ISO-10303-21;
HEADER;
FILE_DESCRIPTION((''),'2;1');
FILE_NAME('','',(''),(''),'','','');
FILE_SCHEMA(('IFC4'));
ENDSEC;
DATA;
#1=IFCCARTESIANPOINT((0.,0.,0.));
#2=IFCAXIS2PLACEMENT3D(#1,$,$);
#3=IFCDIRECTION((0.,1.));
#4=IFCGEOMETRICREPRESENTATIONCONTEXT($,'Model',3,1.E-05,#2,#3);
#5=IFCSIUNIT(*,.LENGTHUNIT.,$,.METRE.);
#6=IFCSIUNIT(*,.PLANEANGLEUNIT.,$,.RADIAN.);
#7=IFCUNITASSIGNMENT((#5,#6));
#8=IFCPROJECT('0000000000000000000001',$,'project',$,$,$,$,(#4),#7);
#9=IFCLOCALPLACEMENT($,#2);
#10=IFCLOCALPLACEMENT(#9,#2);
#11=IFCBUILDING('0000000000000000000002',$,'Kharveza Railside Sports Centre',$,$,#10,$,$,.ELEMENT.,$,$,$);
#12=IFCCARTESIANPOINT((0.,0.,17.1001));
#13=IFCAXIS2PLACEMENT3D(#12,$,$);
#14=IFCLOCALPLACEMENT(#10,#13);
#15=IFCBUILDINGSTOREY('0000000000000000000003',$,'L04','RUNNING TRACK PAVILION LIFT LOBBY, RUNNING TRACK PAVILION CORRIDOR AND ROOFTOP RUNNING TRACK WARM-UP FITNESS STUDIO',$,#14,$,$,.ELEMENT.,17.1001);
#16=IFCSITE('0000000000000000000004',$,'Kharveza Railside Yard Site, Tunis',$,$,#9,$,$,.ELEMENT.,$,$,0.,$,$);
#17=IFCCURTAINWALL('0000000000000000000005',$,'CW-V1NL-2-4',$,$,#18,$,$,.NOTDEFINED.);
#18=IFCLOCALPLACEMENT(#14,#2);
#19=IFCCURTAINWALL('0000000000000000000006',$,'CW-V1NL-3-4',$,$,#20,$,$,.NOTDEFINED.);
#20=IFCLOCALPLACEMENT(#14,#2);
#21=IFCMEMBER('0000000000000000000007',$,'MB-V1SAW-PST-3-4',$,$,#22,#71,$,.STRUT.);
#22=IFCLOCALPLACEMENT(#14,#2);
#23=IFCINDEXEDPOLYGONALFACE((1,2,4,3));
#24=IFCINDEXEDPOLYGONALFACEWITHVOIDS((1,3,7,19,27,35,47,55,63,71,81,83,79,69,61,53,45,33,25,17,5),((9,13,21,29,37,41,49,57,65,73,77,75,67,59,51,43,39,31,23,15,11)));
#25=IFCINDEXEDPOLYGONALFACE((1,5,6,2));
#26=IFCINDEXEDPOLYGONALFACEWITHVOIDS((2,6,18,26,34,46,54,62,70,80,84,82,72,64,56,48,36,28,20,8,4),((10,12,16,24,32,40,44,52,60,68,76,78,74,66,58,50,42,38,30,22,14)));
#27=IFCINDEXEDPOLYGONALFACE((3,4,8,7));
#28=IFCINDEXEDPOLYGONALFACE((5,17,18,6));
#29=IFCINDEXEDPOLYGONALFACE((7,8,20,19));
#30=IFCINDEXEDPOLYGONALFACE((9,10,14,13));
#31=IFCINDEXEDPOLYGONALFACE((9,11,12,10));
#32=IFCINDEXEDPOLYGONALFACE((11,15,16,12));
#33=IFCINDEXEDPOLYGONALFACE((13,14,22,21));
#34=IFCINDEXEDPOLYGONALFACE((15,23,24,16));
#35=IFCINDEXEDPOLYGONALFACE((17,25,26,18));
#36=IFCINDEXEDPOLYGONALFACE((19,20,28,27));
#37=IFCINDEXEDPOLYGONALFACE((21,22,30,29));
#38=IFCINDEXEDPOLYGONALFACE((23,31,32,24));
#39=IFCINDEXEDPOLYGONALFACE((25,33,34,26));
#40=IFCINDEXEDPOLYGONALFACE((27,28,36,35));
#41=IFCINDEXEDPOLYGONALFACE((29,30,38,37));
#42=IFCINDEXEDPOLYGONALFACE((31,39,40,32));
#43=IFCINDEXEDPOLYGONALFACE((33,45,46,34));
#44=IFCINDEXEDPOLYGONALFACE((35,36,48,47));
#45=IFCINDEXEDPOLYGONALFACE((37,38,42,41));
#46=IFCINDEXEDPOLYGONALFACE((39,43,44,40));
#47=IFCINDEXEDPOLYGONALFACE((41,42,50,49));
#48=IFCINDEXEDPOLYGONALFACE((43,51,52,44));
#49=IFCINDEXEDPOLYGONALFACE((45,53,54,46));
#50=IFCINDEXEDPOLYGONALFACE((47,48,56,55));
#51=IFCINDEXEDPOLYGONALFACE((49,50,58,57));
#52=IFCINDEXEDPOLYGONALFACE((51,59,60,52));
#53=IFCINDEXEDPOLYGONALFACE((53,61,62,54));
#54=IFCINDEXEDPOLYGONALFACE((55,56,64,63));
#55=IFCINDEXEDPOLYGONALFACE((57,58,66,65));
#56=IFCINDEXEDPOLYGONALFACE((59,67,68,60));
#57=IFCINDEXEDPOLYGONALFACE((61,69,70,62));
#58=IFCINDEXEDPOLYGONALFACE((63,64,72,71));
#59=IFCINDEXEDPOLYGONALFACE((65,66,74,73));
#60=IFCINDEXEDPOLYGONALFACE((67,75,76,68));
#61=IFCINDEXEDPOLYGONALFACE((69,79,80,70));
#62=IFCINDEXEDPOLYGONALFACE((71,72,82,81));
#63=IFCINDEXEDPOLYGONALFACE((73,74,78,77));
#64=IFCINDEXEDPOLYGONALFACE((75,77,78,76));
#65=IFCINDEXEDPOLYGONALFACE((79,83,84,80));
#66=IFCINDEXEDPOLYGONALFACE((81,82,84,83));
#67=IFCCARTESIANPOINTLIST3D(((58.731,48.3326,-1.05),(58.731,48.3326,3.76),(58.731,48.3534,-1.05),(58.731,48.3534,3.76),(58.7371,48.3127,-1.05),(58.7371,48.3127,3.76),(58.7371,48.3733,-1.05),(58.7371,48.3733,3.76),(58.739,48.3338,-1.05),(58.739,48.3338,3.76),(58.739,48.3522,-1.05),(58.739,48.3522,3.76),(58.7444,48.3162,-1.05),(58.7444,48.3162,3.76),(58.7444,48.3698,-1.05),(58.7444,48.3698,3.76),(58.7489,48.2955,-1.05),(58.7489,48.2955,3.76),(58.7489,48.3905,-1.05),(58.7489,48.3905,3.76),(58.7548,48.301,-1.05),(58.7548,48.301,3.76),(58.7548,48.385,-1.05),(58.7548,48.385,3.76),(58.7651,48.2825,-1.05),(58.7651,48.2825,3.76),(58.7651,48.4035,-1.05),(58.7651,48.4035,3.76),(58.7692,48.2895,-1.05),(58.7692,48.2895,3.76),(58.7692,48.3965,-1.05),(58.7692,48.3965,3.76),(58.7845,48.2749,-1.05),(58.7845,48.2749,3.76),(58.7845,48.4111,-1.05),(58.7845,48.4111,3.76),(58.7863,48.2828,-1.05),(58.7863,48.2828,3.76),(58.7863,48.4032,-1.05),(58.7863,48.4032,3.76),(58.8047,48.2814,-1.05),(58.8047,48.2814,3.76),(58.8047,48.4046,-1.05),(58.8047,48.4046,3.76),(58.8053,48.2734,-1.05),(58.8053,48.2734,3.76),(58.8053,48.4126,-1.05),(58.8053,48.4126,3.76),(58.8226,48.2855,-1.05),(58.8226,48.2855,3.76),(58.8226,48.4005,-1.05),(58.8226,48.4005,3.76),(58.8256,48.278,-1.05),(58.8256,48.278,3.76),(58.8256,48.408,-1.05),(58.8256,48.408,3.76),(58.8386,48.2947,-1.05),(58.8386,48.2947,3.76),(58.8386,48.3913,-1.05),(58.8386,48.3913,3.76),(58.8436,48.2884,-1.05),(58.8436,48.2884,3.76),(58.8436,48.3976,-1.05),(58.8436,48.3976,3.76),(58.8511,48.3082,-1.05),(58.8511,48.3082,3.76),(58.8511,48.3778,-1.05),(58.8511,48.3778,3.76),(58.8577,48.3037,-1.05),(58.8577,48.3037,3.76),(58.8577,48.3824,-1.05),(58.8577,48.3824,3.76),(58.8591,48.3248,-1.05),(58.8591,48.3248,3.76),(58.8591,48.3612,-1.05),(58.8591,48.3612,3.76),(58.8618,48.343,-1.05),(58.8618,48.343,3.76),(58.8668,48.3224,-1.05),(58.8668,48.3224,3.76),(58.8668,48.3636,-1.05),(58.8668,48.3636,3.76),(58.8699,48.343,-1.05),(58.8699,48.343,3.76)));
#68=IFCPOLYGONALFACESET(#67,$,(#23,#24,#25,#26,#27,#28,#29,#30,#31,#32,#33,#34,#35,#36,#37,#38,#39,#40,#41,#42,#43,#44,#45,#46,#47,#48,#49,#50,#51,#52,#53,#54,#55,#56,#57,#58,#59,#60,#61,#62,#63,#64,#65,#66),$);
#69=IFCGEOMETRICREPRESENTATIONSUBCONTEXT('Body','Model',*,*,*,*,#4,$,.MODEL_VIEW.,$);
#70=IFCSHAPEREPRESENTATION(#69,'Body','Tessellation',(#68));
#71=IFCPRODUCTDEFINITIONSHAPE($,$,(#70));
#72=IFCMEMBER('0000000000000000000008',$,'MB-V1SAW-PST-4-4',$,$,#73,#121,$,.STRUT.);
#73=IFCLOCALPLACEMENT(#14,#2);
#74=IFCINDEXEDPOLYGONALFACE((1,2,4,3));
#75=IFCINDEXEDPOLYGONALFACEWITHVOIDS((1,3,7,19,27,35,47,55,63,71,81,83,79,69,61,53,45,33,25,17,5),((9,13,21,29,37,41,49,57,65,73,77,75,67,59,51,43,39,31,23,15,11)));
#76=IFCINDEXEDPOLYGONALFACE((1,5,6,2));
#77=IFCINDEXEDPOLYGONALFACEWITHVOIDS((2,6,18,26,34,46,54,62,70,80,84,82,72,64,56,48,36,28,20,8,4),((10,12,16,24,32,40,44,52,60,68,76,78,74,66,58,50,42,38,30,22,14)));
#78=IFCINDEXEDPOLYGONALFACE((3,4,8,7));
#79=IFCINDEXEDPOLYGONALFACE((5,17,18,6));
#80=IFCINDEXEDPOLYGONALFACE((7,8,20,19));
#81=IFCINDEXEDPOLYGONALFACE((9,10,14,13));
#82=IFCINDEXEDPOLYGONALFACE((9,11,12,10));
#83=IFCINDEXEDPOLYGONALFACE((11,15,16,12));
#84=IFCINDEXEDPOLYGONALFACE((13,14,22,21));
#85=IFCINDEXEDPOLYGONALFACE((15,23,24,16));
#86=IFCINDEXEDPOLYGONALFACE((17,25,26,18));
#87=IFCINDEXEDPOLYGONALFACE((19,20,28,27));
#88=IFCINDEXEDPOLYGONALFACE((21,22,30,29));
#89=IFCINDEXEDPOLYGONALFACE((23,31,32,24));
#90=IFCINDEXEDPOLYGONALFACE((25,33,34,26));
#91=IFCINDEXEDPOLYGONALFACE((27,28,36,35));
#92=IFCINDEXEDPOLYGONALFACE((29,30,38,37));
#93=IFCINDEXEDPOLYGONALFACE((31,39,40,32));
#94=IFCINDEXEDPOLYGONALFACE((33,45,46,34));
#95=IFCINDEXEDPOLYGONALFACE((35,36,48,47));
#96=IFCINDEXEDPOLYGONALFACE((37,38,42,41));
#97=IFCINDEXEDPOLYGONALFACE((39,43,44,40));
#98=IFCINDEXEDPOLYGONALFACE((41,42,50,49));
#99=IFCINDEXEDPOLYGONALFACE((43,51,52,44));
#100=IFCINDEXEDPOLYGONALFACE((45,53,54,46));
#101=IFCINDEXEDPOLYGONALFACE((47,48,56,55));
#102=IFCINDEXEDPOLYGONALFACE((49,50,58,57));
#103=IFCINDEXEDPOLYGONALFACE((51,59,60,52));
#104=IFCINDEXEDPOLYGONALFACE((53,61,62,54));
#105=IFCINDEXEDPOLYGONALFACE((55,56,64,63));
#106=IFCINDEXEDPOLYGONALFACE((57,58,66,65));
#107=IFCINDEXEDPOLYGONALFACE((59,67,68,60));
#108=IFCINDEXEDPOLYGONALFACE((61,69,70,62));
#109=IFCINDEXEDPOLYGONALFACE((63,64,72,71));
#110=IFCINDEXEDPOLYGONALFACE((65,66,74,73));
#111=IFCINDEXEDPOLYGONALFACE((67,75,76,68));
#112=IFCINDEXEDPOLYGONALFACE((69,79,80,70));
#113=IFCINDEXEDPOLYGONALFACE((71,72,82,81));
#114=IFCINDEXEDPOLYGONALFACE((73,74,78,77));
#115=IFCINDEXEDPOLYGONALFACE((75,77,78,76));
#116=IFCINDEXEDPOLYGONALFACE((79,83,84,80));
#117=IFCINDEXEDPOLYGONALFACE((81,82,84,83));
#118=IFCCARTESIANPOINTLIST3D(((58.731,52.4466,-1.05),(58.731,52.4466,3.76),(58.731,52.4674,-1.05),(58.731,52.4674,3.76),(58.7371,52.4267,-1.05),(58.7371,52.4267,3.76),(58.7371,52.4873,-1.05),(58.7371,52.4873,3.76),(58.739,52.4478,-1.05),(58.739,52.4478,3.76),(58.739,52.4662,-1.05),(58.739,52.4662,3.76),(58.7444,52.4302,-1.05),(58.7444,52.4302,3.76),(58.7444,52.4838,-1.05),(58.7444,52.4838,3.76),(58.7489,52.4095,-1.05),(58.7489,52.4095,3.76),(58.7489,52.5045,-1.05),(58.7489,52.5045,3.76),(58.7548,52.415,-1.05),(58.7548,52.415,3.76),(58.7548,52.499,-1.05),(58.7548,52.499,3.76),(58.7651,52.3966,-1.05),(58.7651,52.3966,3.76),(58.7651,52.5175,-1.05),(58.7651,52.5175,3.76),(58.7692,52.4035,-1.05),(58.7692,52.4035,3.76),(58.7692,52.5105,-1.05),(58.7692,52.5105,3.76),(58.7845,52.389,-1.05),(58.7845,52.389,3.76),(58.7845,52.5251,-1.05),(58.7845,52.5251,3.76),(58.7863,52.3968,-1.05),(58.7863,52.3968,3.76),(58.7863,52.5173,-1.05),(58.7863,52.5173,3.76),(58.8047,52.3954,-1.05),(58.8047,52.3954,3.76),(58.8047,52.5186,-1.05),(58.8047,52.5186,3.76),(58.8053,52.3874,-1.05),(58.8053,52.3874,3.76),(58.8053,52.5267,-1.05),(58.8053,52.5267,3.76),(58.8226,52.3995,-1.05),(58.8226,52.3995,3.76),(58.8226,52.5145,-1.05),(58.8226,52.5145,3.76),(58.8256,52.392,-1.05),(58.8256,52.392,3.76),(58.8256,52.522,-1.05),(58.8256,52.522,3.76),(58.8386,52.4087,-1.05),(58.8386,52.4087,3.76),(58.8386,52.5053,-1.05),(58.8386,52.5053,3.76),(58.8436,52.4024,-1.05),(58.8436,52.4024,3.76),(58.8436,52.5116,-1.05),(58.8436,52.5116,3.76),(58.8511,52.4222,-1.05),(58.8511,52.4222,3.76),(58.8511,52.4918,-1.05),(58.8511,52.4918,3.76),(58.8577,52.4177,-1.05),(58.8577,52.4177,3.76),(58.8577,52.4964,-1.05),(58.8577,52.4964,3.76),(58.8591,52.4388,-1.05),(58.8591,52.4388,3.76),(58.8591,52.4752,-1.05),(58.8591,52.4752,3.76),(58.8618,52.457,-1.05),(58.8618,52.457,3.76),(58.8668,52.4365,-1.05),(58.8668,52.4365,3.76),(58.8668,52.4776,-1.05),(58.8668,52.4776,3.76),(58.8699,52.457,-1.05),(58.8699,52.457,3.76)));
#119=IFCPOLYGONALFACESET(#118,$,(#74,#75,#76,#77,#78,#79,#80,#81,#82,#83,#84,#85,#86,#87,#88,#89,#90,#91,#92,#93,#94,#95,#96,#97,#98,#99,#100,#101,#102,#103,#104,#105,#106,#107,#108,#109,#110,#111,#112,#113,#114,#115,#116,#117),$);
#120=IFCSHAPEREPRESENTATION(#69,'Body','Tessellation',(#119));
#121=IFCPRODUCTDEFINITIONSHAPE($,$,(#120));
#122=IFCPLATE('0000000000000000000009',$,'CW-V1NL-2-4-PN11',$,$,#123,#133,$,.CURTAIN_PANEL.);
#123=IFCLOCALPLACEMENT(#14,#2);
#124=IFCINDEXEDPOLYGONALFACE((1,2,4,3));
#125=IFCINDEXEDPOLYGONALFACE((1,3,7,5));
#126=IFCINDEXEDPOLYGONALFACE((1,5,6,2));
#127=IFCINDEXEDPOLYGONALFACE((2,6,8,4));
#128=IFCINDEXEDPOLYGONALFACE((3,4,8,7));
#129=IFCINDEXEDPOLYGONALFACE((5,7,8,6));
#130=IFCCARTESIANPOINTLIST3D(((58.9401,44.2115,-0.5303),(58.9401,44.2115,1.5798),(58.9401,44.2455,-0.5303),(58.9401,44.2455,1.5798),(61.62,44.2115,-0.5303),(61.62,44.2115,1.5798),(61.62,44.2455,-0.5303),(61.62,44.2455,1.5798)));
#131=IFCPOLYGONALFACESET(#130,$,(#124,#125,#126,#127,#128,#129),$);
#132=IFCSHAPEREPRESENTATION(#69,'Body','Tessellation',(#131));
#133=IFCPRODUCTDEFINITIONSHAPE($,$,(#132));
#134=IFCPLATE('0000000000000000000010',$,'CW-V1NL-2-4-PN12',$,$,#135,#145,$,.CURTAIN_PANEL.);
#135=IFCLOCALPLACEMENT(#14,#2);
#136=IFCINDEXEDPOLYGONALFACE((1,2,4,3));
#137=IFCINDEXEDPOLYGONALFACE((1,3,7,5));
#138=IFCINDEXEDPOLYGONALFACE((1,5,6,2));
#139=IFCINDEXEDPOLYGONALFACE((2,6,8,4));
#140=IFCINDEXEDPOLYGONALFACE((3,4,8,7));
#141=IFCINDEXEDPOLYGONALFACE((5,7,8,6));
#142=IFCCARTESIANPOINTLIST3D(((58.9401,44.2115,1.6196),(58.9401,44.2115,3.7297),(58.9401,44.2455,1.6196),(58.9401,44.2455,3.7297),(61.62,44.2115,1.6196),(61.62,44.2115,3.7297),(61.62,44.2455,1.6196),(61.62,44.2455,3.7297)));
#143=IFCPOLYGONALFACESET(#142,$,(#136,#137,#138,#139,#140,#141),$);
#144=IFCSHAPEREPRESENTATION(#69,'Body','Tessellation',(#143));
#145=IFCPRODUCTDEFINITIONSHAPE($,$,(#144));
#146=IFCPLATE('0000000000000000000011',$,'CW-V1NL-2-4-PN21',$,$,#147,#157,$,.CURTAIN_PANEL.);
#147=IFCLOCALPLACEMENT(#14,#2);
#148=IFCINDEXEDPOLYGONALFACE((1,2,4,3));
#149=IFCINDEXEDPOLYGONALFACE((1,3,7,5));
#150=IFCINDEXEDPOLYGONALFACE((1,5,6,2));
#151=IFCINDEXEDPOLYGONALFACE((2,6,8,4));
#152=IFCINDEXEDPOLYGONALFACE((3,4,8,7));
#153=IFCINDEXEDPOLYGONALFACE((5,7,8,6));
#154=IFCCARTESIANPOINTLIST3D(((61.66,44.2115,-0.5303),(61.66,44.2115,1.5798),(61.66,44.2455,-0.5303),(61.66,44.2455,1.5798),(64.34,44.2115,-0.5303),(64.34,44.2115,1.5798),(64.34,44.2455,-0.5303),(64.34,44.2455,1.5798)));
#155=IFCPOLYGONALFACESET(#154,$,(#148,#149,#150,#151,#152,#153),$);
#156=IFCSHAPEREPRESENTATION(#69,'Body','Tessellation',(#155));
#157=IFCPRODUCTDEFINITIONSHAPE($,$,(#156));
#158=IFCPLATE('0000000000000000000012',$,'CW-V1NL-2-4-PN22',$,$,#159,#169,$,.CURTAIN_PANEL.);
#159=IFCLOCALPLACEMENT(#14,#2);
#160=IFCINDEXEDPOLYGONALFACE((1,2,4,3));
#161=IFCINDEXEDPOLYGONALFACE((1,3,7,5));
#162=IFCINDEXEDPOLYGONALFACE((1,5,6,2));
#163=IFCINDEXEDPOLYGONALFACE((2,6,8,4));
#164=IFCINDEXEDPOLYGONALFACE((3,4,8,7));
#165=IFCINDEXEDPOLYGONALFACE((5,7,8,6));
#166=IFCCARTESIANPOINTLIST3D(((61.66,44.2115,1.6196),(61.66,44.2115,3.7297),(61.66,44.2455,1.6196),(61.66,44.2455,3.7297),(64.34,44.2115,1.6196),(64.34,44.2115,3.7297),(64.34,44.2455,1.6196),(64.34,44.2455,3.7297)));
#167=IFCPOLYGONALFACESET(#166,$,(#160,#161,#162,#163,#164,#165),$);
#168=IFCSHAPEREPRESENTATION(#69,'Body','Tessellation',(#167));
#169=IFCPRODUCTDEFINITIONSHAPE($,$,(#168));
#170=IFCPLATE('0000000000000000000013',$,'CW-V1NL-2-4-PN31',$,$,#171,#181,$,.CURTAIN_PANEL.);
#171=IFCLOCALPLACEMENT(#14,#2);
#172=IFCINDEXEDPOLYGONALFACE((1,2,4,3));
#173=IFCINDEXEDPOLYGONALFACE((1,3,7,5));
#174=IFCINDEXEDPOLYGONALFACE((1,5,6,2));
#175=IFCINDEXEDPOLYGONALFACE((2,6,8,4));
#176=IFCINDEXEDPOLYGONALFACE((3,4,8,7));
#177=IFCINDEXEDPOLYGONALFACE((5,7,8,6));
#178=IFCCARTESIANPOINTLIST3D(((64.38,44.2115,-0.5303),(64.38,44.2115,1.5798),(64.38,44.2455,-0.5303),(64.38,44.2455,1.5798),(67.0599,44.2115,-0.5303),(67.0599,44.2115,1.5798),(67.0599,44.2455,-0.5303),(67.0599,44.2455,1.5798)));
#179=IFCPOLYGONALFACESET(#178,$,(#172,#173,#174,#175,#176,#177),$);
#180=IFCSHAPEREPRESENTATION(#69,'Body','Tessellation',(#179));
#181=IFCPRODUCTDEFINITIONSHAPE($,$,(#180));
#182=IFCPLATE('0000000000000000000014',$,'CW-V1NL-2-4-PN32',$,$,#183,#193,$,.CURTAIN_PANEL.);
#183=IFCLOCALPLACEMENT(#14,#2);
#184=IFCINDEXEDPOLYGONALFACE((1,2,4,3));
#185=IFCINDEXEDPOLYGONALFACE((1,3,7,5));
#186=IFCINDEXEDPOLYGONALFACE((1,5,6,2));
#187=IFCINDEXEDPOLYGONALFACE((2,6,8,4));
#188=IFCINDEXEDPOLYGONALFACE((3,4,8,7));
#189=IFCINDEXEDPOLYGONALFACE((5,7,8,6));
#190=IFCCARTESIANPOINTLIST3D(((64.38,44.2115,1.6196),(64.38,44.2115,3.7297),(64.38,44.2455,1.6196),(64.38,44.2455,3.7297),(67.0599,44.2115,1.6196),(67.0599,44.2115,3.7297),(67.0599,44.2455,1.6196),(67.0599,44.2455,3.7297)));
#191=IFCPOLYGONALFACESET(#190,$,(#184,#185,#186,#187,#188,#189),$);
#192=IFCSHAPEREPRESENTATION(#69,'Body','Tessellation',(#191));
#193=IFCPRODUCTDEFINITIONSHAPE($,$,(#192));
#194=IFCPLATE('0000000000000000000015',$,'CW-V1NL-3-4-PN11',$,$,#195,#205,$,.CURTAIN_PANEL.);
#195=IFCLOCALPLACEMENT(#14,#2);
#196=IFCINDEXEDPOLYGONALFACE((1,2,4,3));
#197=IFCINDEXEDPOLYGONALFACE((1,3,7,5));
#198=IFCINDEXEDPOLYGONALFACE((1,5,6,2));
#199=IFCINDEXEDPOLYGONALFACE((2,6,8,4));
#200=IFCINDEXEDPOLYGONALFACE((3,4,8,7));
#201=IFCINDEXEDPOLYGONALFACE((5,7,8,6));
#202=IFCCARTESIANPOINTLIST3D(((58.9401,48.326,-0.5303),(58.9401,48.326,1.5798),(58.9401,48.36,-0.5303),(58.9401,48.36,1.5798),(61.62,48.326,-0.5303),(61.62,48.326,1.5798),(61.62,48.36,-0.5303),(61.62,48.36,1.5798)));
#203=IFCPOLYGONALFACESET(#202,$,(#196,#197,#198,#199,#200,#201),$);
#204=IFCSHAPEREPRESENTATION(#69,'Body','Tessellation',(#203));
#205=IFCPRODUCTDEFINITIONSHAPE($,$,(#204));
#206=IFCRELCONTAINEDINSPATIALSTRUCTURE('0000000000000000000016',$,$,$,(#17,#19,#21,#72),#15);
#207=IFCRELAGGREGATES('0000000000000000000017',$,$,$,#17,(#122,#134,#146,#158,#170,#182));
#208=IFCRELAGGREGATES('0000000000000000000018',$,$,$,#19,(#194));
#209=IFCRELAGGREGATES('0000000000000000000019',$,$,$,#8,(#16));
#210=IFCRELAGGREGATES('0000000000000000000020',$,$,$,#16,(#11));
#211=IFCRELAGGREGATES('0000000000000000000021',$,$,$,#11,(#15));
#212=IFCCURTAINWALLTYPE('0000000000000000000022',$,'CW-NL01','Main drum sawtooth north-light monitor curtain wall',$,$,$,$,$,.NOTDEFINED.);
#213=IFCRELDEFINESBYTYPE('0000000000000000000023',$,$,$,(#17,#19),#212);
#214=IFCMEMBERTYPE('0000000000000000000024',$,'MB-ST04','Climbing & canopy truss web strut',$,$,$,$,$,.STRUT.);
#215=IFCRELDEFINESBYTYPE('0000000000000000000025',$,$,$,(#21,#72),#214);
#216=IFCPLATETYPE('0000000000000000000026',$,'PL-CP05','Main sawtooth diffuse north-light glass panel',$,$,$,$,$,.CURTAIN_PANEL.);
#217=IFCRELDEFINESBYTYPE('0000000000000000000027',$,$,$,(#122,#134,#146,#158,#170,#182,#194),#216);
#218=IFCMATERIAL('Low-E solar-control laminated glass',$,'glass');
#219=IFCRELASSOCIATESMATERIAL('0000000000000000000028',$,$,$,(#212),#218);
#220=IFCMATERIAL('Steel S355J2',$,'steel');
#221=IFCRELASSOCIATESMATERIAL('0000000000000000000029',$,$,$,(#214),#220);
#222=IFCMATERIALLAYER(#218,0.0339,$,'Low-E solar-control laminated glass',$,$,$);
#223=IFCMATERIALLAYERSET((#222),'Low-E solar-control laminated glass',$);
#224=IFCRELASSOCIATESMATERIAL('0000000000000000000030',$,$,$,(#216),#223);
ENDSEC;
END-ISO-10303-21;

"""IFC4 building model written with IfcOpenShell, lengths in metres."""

from ifc_helpers import new_model, si_unit, direction, frame, origin, origin_2d, place, context, subcontext, project, spatial, rectangle, hollow_circle, extrude, material, layer, layer_set, material_profile, profile_set, type_object, element, aggregate, save


model = new_model("IFC4")

# Units and contexts
model_context = context("Model", 3, precision=1e-05, world=origin(), true_north=direction((0.0, 1.0)))
body_context = subcontext(model_context, "Body", "Model", "MODEL_VIEW")
ifc_project = project(units=[si_unit("LENGTHUNIT", "METRE"), si_unit("PLANEANGLEUNIT", "RADIAN")], contexts=[model_context])

# Site, building, storey
site_placement = place(None, origin())
site = spatial("IfcSite", under=ifc_project, at=site_placement, Name="Kharveza Railside Yard Site, Tunis", CompositionType="ELEMENT", RefElevation=0.0)
building_placement = place(site_placement, origin())
building = spatial("IfcBuilding", under=site, at=building_placement, Name="Kharveza Railside Sports Centre", CompositionType="ELEMENT")
storey_placement = place(building_placement, frame((0.0, 0.0, 17.1001)))
storey = spatial("IfcBuildingStorey", under=building, at=storey_placement, Name="L04", Description="RUNNING TRACK PAVILION LIFT LOBBY, RUNNING TRACK PAVILION CORRIDOR AND ROOFTOP RUNNING TRACK WARM-UP FITNESS STUDIO", CompositionType="ELEMENT", Elevation=17.1001)

# Curtain walls
ifc_material_1 = material(Name="Low-E solar-control laminated glass", Category="glass")
curtain_wall_type = type_object("IfcCurtainWallType", Name="CW-NL01", Description="Main drum sawtooth north-light monitor curtain wall", PredefinedType="NOTDEFINED", material=ifc_material_1)
curtain_wall_1_placement = place(storey_placement, origin())
curtain_wall_1 = element("IfcCurtainWall", 1, at=curtain_wall_1_placement, inside=storey, type_object=curtain_wall_type, Name="CW-V1NL-2-4", PredefinedType="NOTDEFINED")
curtain_wall_2_placement = place(storey_placement, origin())
curtain_wall_2 = element("IfcCurtainWall", 2, at=curtain_wall_2_placement, inside=storey, type_object=curtain_wall_type, Name="CW-V1NL-3-4", PredefinedType="NOTDEFINED")

# Members
ifc_material_2 = material(Name="Steel S355J2", Category="steel")
ifc_material_profile_1 = material_profile(ifc_material_2, hollow_circle(Radius=0.0698, WallThickness=0.0081, at=origin_2d()), Name="CHS 139.7x8.0")
ifc_profile_set_1 = profile_set([ifc_material_profile_1], Name="Steel S355J2")
member_type_1 = type_object("IfcMemberType", Name="MB-ST04", Description="Climbing & canopy truss web strut", PredefinedType="STRUT", material=ifc_profile_set_1)
for number, where, z_axis, x_axis, name in (
    (3, (58.8, 48.343, -1.05), (0.0, 0.0, 1.0), (1.0, 0.0, 0.0), "MB-V1SAW-PST-3-4"),
    (4, (58.8, 52.457, -1.05), (0.0, 0.0, 1.0), (1.0, 0.0, 0.0), "MB-V1SAW-PST-4-4"),
):
    element("IfcMember", number, at=place(storey_placement, frame(where, z_axis=z_axis, x_axis=x_axis)), inside=storey, type_object=member_type_1, Name=name, PredefinedType="STRUT", context=body_context, shape_type="SweptSolid", body=[
        extrude(hollow_circle(Radius=0.0698, WallThickness=0.0081, at=origin_2d()), origin(), (0.0, 0.0, 1.0), 4.8101),
    ])

# Plates
ifc_layer = layer(ifc_material_1, 0.0339, Name="Low-E solar-control laminated glass")
ifc_layer_set = layer_set([ifc_layer], Name="Low-E solar-control laminated glass")
plate_type = type_object("IfcPlateType", Name="PL-CP05", Description="Main sawtooth diffuse north-light glass panel", PredefinedType="CURTAIN_PANEL", material=ifc_layer_set)
plate_1_placement = place(storey_placement, frame((60.28, 44.2285, -0.5303), z_axis=(0.0, 0.0, 1.0), x_axis=(1.0, 0.0, 0.0)))
plate_1 = element("IfcPlate", 5, at=plate_1_placement, type_object=plate_type, Name="CW-V1NL-2-4-PN11", PredefinedType="CURTAIN_PANEL", context=body_context, shape_type="SweptSolid", body=[
    extrude(rectangle(XDim=2.6799, YDim=0.0339, at=origin_2d()), origin(), (0.0, 0.0, 1.0), 2.1101),
])
plate_2_placement = place(storey_placement, frame((60.28, 44.2285, 1.6196), z_axis=(0.0, 0.0, 1.0), x_axis=(1.0, 0.0, 0.0)))
plate_2 = element("IfcPlate", 6, at=plate_2_placement, type_object=plate_type, Name="CW-V1NL-2-4-PN12", PredefinedType="CURTAIN_PANEL", context=body_context, shape_type="SweptSolid", body=[
    extrude(rectangle(XDim=2.6799, YDim=0.0339, at=origin_2d()), origin(), (0.0, 0.0, 1.0), 2.1101),
])
plate_3_placement = place(storey_placement, frame((63.0, 44.2285, -0.5303), z_axis=(0.0, 0.0, 1.0), x_axis=(1.0, 0.0, 0.0)))
plate_3 = element("IfcPlate", 7, at=plate_3_placement, type_object=plate_type, Name="CW-V1NL-2-4-PN21", PredefinedType="CURTAIN_PANEL", context=body_context, shape_type="SweptSolid", body=[
    extrude(rectangle(XDim=2.6799, YDim=0.0339, at=origin_2d()), origin(), (0.0, 0.0, 1.0), 2.1101),
])
plate_4_placement = place(storey_placement, frame((63.0, 44.2285, 1.6196), z_axis=(0.0, 0.0, 1.0), x_axis=(1.0, 0.0, 0.0)))
plate_4 = element("IfcPlate", 8, at=plate_4_placement, type_object=plate_type, Name="CW-V1NL-2-4-PN22", PredefinedType="CURTAIN_PANEL", context=body_context, shape_type="SweptSolid", body=[
    extrude(rectangle(XDim=2.6799, YDim=0.0339, at=origin_2d()), origin(), (0.0, 0.0, 1.0), 2.1101),
])
plate_5_placement = place(storey_placement, frame((65.72, 44.2285, -0.5303), z_axis=(0.0, 0.0, 1.0), x_axis=(1.0, 0.0, 0.0)))
plate_5 = element("IfcPlate", 9, at=plate_5_placement, type_object=plate_type, Name="CW-V1NL-2-4-PN31", PredefinedType="CURTAIN_PANEL", context=body_context, shape_type="SweptSolid", body=[
    extrude(rectangle(XDim=2.6799, YDim=0.0339, at=origin_2d()), origin(), (0.0, 0.0, 1.0), 2.1101),
])
plate_6_placement = place(storey_placement, frame((65.72, 44.2285, 1.6196), z_axis=(0.0, 0.0, 1.0), x_axis=(1.0, 0.0, 0.0)))
plate_6 = element("IfcPlate", 10, at=plate_6_placement, type_object=plate_type, Name="CW-V1NL-2-4-PN32", PredefinedType="CURTAIN_PANEL", context=body_context, shape_type="SweptSolid", body=[
    extrude(rectangle(XDim=2.6799, YDim=0.0339, at=origin_2d()), origin(), (0.0, 0.0, 1.0), 2.1101),
])
aggregate(curtain_wall_1, [plate_1, plate_2, plate_3, plate_4, plate_5, plate_6])
plate_7_placement = place(storey_placement, frame((60.28, 48.343, -0.5303), z_axis=(0.0, 0.0, 1.0), x_axis=(1.0, 0.0, 0.0)))
plate_7 = element("IfcPlate", 11, at=plate_7_placement, type_object=plate_type, Name="CW-V1NL-3-4-PN11", PredefinedType="CURTAIN_PANEL", context=body_context, shape_type="SweptSolid", body=[
    extrude(rectangle(XDim=2.6799, YDim=0.0339, at=origin_2d()), origin(), (0.0, 0.0, 1.0), 2.1101),
])
aggregate(curtain_wall_2, [plate_7])

save(model, "model.ifc")
